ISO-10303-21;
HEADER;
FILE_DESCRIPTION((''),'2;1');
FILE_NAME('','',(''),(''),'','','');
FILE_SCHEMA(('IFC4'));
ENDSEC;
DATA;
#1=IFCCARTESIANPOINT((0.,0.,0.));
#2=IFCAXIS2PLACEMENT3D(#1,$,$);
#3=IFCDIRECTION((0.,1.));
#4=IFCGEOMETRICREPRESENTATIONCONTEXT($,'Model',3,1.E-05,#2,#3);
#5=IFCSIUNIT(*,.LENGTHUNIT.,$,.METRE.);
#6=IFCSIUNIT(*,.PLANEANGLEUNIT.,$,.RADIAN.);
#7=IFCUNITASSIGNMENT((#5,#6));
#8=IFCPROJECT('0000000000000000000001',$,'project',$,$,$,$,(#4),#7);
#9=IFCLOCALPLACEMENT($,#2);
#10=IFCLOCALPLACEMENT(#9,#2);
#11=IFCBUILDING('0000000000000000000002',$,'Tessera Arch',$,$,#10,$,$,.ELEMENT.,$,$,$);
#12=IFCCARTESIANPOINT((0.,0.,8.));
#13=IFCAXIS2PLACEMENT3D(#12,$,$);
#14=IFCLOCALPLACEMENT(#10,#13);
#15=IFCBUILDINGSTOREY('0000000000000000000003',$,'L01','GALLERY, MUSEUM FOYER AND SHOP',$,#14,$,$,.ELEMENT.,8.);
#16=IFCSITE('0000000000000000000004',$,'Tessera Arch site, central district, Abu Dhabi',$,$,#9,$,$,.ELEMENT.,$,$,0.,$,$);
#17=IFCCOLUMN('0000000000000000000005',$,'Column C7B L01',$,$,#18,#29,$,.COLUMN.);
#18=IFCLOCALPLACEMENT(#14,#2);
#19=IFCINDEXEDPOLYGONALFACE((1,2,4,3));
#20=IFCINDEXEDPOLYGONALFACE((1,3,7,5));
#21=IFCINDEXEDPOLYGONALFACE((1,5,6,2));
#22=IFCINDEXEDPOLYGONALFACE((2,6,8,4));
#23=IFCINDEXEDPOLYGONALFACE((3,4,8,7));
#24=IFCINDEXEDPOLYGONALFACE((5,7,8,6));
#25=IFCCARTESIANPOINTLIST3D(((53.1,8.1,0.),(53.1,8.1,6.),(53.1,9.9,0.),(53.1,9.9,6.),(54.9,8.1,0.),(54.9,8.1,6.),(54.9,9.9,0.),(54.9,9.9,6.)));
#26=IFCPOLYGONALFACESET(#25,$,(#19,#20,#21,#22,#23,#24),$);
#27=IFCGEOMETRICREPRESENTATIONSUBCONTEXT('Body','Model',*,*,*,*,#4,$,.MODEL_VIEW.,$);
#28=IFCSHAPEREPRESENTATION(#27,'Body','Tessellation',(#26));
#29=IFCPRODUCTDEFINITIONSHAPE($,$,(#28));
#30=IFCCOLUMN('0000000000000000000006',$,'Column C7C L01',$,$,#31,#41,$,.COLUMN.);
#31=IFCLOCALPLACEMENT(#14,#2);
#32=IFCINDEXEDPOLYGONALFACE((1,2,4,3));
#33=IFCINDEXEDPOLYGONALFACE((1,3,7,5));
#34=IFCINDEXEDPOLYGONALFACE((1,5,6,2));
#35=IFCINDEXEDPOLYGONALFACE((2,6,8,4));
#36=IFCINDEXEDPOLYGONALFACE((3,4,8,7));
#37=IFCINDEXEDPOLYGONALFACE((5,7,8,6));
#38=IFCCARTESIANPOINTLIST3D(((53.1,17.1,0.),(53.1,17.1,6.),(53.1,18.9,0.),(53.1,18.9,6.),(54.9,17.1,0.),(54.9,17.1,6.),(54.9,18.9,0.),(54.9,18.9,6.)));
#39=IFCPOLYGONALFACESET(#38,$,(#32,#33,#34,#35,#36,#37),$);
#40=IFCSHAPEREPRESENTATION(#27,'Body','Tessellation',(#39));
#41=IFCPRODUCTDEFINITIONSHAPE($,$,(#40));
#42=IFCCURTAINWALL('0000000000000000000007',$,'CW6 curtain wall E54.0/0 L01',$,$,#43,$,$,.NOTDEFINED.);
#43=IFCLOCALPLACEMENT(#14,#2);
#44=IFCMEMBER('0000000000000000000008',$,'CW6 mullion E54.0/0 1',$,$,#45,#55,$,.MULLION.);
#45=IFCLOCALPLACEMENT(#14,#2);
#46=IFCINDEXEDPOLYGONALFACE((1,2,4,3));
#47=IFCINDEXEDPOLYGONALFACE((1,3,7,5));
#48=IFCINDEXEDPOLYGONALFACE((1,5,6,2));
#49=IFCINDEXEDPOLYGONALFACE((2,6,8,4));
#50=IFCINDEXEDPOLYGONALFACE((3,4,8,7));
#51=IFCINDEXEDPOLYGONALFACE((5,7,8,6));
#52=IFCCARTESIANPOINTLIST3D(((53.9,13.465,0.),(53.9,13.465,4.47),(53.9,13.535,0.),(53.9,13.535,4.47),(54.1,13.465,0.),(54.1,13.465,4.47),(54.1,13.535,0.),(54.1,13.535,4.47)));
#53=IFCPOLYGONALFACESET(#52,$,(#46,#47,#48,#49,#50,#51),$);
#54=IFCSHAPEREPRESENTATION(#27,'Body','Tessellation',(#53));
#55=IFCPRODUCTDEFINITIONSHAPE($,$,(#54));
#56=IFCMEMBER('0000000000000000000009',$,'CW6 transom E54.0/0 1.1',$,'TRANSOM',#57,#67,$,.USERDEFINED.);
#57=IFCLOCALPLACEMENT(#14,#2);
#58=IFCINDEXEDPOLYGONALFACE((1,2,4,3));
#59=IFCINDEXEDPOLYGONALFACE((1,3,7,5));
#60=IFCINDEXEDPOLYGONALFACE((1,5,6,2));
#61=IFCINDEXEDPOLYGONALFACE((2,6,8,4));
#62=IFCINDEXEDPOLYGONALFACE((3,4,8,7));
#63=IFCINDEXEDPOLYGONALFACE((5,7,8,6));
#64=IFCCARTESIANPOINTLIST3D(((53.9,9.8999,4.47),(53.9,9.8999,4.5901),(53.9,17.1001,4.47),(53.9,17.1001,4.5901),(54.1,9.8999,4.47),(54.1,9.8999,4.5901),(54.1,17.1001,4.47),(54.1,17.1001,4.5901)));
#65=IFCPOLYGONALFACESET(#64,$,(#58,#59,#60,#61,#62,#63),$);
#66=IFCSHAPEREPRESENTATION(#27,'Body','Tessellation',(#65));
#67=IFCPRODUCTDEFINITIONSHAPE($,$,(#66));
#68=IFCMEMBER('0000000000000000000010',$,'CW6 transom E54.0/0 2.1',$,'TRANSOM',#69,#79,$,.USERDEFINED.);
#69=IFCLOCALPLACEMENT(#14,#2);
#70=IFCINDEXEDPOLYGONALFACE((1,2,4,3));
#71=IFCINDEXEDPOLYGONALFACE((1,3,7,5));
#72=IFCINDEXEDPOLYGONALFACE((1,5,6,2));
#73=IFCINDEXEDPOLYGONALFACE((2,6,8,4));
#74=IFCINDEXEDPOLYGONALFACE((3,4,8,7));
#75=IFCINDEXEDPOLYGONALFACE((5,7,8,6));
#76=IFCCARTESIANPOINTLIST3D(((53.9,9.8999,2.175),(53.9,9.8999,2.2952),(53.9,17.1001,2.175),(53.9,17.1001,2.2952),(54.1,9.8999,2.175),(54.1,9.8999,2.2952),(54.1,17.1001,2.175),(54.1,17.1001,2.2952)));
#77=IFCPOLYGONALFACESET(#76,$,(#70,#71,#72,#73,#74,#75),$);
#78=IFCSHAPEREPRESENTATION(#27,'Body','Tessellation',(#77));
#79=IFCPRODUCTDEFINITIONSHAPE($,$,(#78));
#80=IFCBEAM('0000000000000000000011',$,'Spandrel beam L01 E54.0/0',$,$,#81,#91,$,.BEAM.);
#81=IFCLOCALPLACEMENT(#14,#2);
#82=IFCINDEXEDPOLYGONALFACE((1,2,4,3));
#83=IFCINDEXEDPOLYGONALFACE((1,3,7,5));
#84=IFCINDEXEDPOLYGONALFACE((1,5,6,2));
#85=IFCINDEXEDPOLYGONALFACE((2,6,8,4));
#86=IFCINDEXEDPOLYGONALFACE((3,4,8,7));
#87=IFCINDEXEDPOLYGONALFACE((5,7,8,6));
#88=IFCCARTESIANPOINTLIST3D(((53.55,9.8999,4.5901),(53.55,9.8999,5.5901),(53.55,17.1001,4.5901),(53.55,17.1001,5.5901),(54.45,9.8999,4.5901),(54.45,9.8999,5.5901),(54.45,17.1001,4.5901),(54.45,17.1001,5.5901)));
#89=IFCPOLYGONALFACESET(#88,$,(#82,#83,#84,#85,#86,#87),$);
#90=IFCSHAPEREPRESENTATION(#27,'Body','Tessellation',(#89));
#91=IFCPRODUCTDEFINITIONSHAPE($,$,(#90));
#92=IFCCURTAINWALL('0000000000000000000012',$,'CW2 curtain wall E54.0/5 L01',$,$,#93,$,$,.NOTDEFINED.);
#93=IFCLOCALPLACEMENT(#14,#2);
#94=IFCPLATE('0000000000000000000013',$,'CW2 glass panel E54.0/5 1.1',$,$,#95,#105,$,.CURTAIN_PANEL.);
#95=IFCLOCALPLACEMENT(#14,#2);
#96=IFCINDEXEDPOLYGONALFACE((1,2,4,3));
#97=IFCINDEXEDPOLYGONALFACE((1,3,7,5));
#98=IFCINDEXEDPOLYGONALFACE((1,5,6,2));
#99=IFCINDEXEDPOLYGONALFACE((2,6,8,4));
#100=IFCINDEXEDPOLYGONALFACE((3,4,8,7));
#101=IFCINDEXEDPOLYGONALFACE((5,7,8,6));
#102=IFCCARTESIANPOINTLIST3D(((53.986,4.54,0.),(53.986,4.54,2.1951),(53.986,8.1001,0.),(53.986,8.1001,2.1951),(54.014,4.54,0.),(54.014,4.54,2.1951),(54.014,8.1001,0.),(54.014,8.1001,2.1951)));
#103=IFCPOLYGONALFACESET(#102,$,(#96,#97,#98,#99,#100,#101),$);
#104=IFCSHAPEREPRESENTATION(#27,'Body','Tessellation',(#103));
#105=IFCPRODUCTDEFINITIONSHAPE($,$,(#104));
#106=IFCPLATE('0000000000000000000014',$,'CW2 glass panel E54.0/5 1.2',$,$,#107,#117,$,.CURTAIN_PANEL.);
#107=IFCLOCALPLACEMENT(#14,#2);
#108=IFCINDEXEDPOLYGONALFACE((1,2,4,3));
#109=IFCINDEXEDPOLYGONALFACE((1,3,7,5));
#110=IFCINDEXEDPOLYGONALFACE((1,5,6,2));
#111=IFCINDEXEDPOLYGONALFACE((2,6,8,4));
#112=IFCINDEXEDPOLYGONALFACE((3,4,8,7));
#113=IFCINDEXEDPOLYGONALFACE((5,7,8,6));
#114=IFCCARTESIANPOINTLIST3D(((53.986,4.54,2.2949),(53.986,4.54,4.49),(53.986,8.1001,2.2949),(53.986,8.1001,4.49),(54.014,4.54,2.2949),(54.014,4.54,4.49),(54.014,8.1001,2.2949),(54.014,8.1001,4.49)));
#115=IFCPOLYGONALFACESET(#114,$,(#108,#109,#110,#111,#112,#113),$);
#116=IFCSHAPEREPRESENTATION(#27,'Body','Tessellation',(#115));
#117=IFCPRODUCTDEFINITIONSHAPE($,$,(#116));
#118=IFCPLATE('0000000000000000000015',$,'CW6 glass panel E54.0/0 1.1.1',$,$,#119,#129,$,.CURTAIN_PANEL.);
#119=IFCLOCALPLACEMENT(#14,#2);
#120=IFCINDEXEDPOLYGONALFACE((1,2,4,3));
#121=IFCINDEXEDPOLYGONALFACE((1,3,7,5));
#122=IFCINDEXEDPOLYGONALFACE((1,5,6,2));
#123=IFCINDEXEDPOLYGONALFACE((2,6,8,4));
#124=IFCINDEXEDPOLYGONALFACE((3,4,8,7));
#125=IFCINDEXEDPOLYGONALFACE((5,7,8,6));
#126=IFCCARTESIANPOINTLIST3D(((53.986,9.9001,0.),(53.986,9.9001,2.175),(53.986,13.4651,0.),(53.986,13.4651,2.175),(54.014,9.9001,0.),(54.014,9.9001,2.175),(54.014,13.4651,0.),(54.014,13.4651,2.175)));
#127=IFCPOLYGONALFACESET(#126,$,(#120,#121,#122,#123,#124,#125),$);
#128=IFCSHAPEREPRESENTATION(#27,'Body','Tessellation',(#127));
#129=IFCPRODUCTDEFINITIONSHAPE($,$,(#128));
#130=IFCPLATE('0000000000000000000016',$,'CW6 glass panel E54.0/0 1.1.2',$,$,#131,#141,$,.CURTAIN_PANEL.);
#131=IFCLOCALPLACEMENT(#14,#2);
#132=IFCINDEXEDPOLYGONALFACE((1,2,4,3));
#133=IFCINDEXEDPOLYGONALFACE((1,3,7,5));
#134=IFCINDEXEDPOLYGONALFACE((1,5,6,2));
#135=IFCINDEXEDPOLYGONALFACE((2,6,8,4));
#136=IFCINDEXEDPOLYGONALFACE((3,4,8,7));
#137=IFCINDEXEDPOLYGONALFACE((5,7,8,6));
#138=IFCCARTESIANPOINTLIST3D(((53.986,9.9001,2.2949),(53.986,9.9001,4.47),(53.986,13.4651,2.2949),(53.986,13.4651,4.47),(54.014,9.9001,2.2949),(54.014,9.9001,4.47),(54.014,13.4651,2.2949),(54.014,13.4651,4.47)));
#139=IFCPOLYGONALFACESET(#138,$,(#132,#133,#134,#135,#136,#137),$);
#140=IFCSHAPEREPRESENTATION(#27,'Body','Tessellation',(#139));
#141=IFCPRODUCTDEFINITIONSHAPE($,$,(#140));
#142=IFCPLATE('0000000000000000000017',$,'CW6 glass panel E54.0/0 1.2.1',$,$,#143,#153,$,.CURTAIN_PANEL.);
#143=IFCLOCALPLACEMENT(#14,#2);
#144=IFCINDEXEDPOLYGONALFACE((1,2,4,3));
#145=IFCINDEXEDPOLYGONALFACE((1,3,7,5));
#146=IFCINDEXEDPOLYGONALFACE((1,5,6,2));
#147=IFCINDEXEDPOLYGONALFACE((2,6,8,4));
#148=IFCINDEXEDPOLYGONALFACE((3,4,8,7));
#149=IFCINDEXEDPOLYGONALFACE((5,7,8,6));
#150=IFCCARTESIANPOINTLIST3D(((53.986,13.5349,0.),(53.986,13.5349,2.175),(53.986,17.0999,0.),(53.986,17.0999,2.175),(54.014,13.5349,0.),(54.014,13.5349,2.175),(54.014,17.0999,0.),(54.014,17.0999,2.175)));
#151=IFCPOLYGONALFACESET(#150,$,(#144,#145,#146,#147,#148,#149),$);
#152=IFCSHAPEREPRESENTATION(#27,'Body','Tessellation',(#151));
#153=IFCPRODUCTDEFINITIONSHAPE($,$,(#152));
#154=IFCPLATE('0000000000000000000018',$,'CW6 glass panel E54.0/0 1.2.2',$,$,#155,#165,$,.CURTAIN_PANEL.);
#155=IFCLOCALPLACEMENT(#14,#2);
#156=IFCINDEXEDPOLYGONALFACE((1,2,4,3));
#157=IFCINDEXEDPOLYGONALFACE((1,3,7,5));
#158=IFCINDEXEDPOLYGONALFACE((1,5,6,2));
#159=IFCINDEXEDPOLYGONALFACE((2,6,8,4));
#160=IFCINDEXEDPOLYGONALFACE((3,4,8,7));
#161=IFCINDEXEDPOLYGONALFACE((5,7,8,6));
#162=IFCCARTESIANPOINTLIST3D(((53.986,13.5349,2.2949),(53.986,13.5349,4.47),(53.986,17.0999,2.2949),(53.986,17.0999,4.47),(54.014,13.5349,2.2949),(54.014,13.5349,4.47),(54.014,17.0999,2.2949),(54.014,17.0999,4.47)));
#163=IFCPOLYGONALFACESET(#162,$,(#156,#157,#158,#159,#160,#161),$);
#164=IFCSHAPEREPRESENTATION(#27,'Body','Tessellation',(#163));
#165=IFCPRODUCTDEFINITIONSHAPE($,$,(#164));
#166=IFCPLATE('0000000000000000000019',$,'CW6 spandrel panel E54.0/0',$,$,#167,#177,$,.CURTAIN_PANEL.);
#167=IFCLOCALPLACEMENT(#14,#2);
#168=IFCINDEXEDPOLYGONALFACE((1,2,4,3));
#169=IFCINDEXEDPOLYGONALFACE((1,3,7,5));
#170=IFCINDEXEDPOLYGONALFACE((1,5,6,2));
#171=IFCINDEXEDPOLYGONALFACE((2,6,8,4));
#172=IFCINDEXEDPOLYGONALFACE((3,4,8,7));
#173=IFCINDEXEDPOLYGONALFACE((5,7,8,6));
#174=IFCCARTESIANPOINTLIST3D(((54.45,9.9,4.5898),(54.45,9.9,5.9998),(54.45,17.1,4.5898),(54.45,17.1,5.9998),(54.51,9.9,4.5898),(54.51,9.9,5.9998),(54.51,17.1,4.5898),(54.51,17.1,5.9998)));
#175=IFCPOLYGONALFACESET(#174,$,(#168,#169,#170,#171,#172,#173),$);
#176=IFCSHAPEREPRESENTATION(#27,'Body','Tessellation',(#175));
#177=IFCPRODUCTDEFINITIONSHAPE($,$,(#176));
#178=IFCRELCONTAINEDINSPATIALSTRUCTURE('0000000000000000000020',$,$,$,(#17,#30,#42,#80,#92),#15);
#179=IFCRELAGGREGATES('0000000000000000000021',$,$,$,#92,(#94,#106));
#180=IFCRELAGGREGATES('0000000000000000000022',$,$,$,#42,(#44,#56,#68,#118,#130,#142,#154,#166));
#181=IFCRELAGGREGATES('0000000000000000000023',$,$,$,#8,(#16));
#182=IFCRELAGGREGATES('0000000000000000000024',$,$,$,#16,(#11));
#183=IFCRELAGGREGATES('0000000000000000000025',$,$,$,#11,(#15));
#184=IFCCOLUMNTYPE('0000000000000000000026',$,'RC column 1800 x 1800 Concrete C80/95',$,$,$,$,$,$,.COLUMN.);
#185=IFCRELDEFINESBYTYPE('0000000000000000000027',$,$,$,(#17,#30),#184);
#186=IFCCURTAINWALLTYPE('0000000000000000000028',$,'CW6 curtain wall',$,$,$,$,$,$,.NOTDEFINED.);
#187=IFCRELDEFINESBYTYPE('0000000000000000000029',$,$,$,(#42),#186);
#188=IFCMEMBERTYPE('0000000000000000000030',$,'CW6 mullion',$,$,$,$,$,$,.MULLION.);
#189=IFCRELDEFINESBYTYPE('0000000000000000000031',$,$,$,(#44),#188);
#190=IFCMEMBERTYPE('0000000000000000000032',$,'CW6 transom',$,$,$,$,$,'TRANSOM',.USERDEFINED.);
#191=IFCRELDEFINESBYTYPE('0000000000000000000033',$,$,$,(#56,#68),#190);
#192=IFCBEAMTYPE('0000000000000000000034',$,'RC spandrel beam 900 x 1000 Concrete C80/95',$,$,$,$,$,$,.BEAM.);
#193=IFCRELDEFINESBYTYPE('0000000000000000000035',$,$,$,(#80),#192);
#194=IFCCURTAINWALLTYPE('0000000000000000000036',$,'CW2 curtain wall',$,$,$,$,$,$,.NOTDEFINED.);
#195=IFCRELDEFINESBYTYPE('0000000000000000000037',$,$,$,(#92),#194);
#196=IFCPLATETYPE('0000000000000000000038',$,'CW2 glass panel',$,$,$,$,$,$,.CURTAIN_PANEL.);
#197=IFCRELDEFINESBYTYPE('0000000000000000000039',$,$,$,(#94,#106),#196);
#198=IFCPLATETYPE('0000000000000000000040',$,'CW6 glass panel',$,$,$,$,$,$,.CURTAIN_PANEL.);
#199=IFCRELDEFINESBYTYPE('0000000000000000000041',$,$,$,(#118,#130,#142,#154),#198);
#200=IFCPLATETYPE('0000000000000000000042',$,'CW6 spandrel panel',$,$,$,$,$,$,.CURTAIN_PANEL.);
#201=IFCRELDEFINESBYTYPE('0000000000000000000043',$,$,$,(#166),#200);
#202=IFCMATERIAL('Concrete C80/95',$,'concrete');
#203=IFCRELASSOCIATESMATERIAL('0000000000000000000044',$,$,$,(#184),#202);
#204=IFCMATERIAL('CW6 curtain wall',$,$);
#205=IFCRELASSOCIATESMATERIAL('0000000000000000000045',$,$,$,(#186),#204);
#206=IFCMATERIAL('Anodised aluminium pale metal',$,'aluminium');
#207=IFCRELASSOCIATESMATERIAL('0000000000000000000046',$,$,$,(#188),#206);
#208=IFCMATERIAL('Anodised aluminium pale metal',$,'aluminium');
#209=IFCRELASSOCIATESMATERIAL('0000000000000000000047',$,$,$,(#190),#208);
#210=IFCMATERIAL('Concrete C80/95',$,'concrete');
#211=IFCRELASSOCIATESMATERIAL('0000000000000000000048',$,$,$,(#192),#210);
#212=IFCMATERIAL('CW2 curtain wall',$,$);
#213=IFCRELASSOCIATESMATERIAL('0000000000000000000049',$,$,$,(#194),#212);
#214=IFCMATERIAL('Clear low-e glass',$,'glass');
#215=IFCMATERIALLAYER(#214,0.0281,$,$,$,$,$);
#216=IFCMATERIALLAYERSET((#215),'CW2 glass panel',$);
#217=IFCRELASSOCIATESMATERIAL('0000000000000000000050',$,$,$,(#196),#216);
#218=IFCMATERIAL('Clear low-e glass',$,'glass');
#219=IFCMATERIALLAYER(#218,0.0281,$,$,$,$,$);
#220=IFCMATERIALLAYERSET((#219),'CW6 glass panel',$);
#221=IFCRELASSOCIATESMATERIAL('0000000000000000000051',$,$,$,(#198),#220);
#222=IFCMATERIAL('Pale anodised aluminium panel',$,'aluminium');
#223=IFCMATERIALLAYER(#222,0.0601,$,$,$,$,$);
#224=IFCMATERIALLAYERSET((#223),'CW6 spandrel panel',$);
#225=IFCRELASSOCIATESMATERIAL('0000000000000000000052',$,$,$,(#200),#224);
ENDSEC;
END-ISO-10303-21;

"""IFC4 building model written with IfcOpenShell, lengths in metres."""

from ifc_helpers import new_model, si_unit, direction, frame, origin, origin_2d, place, context, subcontext, project, spatial, rectangle, extrude, material, layer, layer_set, material_profile, profile_set, type_object, element, aggregate, save


model = new_model("IFC4")

# Units and contexts
model_context = context("Model", 3, precision=1e-05, world=origin(), true_north=direction((0.0, 1.0)))
body_context = subcontext(model_context, "Body", "Model", "MODEL_VIEW")
ifc_project = project(units=[si_unit("LENGTHUNIT", "METRE"), si_unit("PLANEANGLEUNIT", "RADIAN")], contexts=[model_context])

# Site, building, storey
site_placement = place(None, origin())
site = spatial("IfcSite", under=ifc_project, at=site_placement, Name="Tessera Arch site, central district, Abu Dhabi", CompositionType="ELEMENT", RefElevation=0.0)
building_placement = place(site_placement, origin())
building = spatial("IfcBuilding", under=site, at=building_placement, Name="Tessera Arch", CompositionType="ELEMENT")
storey_placement = place(building_placement, frame((0.0, 0.0, 8.0)))
storey = spatial("IfcBuildingStorey", under=building, at=storey_placement, Name="L01", Description="GALLERY, MUSEUM FOYER AND SHOP", CompositionType="ELEMENT", Elevation=8.0)

# Columns
ifc_material_1 = material(Name="Concrete C80/95", Category="concrete")
ifc_material_profile_1 = material_profile(ifc_material_1, rectangle(XDim=1.8, YDim=1.8, at=origin_2d()), Name="RC column 1800 x 1800 Concrete C80/95")
ifc_profile_set_1 = profile_set([ifc_material_profile_1], Name="Concrete C80/95")
column_type = type_object("IfcColumnType", Name="RC column 1800 x 1800 Concrete C80/95", PredefinedType="COLUMN", material=ifc_profile_set_1)
for number, where, z_axis, x_axis, name in (
    (1, (54.0, 9.0, 0.0), (0.0, 0.0, 1.0), (1.0, 0.0, 0.0), "Column C7B L01"),
    (2, (54.0, 18.0, 0.0), (0.0, 0.0, 1.0), (1.0, 0.0, 0.0), "Column C7C L01"),
):
    element("IfcColumn", number, at=place(storey_placement, frame(where, z_axis=z_axis, x_axis=x_axis)), inside=storey, type_object=column_type, Name=name, PredefinedType="COLUMN", context=body_context, shape_type="SweptSolid", body=[
        extrude(rectangle(XDim=1.8, YDim=1.8, at=origin_2d()), origin(), (0.0, 0.0, 1.0), 6.0),
    ])

# Curtain wall, members
ifc_material_2 = material(Name="CW6 curtain wall")
curtain_wall_type_1 = type_object("IfcCurtainWallType", Name="CW6 curtain wall", PredefinedType="NOTDEFINED", material=ifc_material_2)
curtain_wall_1_placement = place(storey_placement, origin())
curtain_wall_1 = element("IfcCurtainWall", 3, at=curtain_wall_1_placement, inside=storey, type_object=curtain_wall_type_1, Name="CW6 curtain wall E54.0/0 L01", PredefinedType="NOTDEFINED")
ifc_material_3 = material(Name="Anodised aluminium pale metal", Category="aluminium")
ifc_material_profile_2 = material_profile(ifc_material_3, rectangle(XDim=0.2, YDim=0.0701, at=origin_2d()), Name="AL 70x200")
ifc_profile_set_2 = profile_set([ifc_material_profile_2], Name="Anodised aluminium pale metal")
member_type_1 = type_object("IfcMemberType", Name="CW6 mullion", PredefinedType="MULLION", material=ifc_profile_set_2)
member_1_placement = place(storey_placement, frame((54.0, 13.5, 0.0), z_axis=(0.0, 0.0, 1.0), x_axis=(-1.0, 0.0, 0.0)))
member_1 = element("IfcMember", 4, at=member_1_placement, type_object=member_type_1, Name="CW6 mullion E54.0/0 1", PredefinedType="MULLION", context=body_context, shape_type="SweptSolid", body=[
    extrude(rectangle(XDim=0.2, YDim=0.0701, at=origin_2d()), origin(), (0.0, 0.0, 1.0), 4.47),
])
ifc_material_4 = material(Name="Anodised aluminium pale metal", Category="aluminium")
ifc_material_profile_3 = material_profile(ifc_material_4, rectangle(XDim=0.2, YDim=0.1201, at=origin_2d()), Name="AL 200x120")
ifc_profile_set_3 = profile_set([ifc_material_profile_3], Name="Anodised aluminium pale metal")
member_type_2 = type_object("IfcMemberType", Name="CW6 transom", ElementType="TRANSOM", PredefinedType="USERDEFINED", material=ifc_profile_set_3)
member_2_placement = place(storey_placement, frame((54.0, 9.8999, 4.53), z_axis=(0.0, 1.0, 0.0), x_axis=(-1.0, 0.0, 0.0)))
member_2 = element("IfcMember", 5, at=member_2_placement, type_object=member_type_2, Name="CW6 transom E54.0/0 1.1", ObjectType="TRANSOM", PredefinedType="USERDEFINED", context=body_context, shape_type="SweptSolid", body=[
    extrude(rectangle(XDim=0.2, YDim=0.1201, at=origin_2d()), origin(), (0.0, 0.0, 1.0), 7.2002),
])
member_3_placement = place(storey_placement, frame((54.0, 9.8999, 2.2351), z_axis=(0.0, 1.0, 0.0), x_axis=(-1.0, 0.0, 0.0)))
member_3 = element("IfcMember", 6, at=member_3_placement, type_object=member_type_2, Name="CW6 transom E54.0/0 2.1", ObjectType="TRANSOM", PredefinedType="USERDEFINED", context=body_context, shape_type="SweptSolid", body=[
    extrude(rectangle(XDim=0.2, YDim=0.1201, at=origin_2d()), origin(), (0.0, 0.0, 1.0), 7.2002),
])

# Beam
ifc_material_5 = material(Name="Concrete C80/95", Category="concrete")
ifc_material_profile_4 = material_profile(ifc_material_5, rectangle(XDim=0.8999, YDim=1.0, at=origin_2d()), Name="RC spandrel beam 900 x 1000 Concrete C80/95")
ifc_profile_set_4 = profile_set([ifc_material_profile_4], Name="Concrete C80/95")
beam_type = type_object("IfcBeamType", Name="RC spandrel beam 900 x 1000 Concrete C80/95", PredefinedType="BEAM", material=ifc_profile_set_4)
beam_placement = place(storey_placement, frame((54.0, 9.8999, 5.0901), z_axis=(0.0, 1.0, 0.0), x_axis=(-1.0, 0.0, 0.0)))
element("IfcBeam", 7, at=beam_placement, inside=storey, type_object=beam_type, Name="Spandrel beam L01 E54.0/0", PredefinedType="BEAM", context=body_context, shape_type="SweptSolid", body=[
    extrude(rectangle(XDim=0.8999, YDim=1.0, at=origin_2d()), origin(), (0.0, 0.0, 1.0), 7.2002),
])

# Curtain wall, plates
ifc_material_6 = material(Name="CW2 curtain wall")
curtain_wall_type_2 = type_object("IfcCurtainWallType", Name="CW2 curtain wall", PredefinedType="NOTDEFINED", material=ifc_material_6)
curtain_wall_2_placement = place(storey_placement, origin())
curtain_wall_2 = element("IfcCurtainWall", 8, at=curtain_wall_2_placement, inside=storey, type_object=curtain_wall_type_2, Name="CW2 curtain wall E54.0/5 L01", PredefinedType="NOTDEFINED")
ifc_material_7 = material(Name="Clear low-e glass", Category="glass")
ifc_layer_1 = layer(ifc_material_7, 0.0281)
ifc_layer_set_1 = layer_set([ifc_layer_1], Name="CW2 glass panel")
plate_type_1 = type_object("IfcPlateType", Name="CW2 glass panel", PredefinedType="CURTAIN_PANEL", material=ifc_layer_set_1)
plate_1_placement = place(storey_placement, frame((54.0, 6.3201, 0.0), z_axis=(0.0, 0.0, 1.0), x_axis=(0.0, 1.0, 0.0)))
plate_1 = element("IfcPlate", 9, at=plate_1_placement, type_object=plate_type_1, Name="CW2 glass panel E54.0/5 1.1", PredefinedType="CURTAIN_PANEL", context=body_context, shape_type="SweptSolid", body=[
    extrude(rectangle(XDim=3.5601, YDim=0.0281, at=origin_2d()), origin(), (0.0, 0.0, 1.0), 2.1951),
])
plate_2_placement = place(storey_placement, frame((54.0, 6.3201, 2.2949), z_axis=(0.0, 0.0, 1.0), x_axis=(0.0, 1.0, 0.0)))
plate_2 = element("IfcPlate", 10, at=plate_2_placement, type_object=plate_type_1, Name="CW2 glass panel E54.0/5 1.2", PredefinedType="CURTAIN_PANEL", context=body_context, shape_type="SweptSolid", body=[
    extrude(rectangle(XDim=3.5601, YDim=0.0281, at=origin_2d()), origin(), (0.0, 0.0, 1.0), 2.1951),
])
aggregate(curtain_wall_2, [plate_1, plate_2])

# Plates
ifc_material_8 = material(Name="Clear low-e glass", Category="glass")
ifc_layer_2 = layer(ifc_material_8, 0.0281)
ifc_layer_set_2 = layer_set([ifc_layer_2], Name="CW6 glass panel")
plate_type_2 = type_object("IfcPlateType", Name="CW6 glass panel", PredefinedType="CURTAIN_PANEL", material=ifc_layer_set_2)
plate_3_placement = place(storey_placement, frame((54.0, 11.6826, 0.0), z_axis=(0.0, 0.0, 1.0), x_axis=(0.0, 1.0, 0.0)))
plate_3 = element("IfcPlate", 11, at=plate_3_placement, type_object=plate_type_2, Name="CW6 glass panel E54.0/0 1.1.1", PredefinedType="CURTAIN_PANEL", context=body_context, shape_type="SweptSolid", body=[
    extrude(rectangle(XDim=3.5649, YDim=0.0281, at=origin_2d()), origin(), (0.0, 0.0, 1.0), 2.175),
])
plate_4_placement = place(storey_placement, frame((54.0, 11.6826, 2.2949), z_axis=(0.0, 0.0, 1.0), x_axis=(0.0, 1.0, 0.0)))
plate_4 = element("IfcPlate", 12, at=plate_4_placement, type_object=plate_type_2, Name="CW6 glass panel E54.0/0 1.1.2", PredefinedType="CURTAIN_PANEL", context=body_context, shape_type="SweptSolid", body=[
    extrude(rectangle(XDim=3.5649, YDim=0.0281, at=origin_2d()), origin(), (0.0, 0.0, 1.0), 2.175),
])
plate_5_placement = place(storey_placement, frame((54.0, 15.3174, 0.0), z_axis=(0.0, 0.0, 1.0), x_axis=(0.0, 1.0, 0.0)))
plate_5 = element("IfcPlate", 13, at=plate_5_placement, type_object=plate_type_2, Name="CW6 glass panel E54.0/0 1.2.1", PredefinedType="CURTAIN_PANEL", context=body_context, shape_type="SweptSolid", body=[
    extrude(rectangle(XDim=3.5649, YDim=0.0281, at=origin_2d()), origin(), (0.0, 0.0, 1.0), 2.175),
])
plate_6_placement = place(storey_placement, frame((54.0, 15.3174, 2.2949), z_axis=(0.0, 0.0, 1.0), x_axis=(0.0, 1.0, 0.0)))
plate_6 = element("IfcPlate", 14, at=plate_6_placement, type_object=plate_type_2, Name="CW6 glass panel E54.0/0 1.2.2", PredefinedType="CURTAIN_PANEL", context=body_context, shape_type="SweptSolid", body=[
    extrude(rectangle(XDim=3.5649, YDim=0.0281, at=origin_2d()), origin(), (0.0, 0.0, 1.0), 2.175),
])
ifc_material_9 = material(Name="Pale anodised aluminium panel", Category="aluminium")
ifc_layer_3 = layer(ifc_material_9, 0.0601)
ifc_layer_set_3 = layer_set([ifc_layer_3], Name="CW6 spandrel panel")
plate_type_3 = type_object("IfcPlateType", Name="CW6 spandrel panel", PredefinedType="CURTAIN_PANEL", material=ifc_layer_set_3)
plate_7_placement = place(storey_placement, frame((54.48, 13.5, 4.5898), z_axis=(0.0, 0.0, 1.0), x_axis=(0.0, 1.0, 0.0)))
plate_7 = element("IfcPlate", 15, at=plate_7_placement, type_object=plate_type_3, Name="CW6 spandrel panel E54.0/0", PredefinedType="CURTAIN_PANEL", context=body_context, shape_type="SweptSolid", body=[
    extrude(rectangle(XDim=7.2, YDim=0.0601, at=origin_2d()), origin(), (0.0, 0.0, 1.0), 1.4099),
])
aggregate(curtain_wall_1, [member_1, member_2, member_3, plate_3, plate_4, plate_5, plate_6, plate_7])

save(model, "model.ifc")
